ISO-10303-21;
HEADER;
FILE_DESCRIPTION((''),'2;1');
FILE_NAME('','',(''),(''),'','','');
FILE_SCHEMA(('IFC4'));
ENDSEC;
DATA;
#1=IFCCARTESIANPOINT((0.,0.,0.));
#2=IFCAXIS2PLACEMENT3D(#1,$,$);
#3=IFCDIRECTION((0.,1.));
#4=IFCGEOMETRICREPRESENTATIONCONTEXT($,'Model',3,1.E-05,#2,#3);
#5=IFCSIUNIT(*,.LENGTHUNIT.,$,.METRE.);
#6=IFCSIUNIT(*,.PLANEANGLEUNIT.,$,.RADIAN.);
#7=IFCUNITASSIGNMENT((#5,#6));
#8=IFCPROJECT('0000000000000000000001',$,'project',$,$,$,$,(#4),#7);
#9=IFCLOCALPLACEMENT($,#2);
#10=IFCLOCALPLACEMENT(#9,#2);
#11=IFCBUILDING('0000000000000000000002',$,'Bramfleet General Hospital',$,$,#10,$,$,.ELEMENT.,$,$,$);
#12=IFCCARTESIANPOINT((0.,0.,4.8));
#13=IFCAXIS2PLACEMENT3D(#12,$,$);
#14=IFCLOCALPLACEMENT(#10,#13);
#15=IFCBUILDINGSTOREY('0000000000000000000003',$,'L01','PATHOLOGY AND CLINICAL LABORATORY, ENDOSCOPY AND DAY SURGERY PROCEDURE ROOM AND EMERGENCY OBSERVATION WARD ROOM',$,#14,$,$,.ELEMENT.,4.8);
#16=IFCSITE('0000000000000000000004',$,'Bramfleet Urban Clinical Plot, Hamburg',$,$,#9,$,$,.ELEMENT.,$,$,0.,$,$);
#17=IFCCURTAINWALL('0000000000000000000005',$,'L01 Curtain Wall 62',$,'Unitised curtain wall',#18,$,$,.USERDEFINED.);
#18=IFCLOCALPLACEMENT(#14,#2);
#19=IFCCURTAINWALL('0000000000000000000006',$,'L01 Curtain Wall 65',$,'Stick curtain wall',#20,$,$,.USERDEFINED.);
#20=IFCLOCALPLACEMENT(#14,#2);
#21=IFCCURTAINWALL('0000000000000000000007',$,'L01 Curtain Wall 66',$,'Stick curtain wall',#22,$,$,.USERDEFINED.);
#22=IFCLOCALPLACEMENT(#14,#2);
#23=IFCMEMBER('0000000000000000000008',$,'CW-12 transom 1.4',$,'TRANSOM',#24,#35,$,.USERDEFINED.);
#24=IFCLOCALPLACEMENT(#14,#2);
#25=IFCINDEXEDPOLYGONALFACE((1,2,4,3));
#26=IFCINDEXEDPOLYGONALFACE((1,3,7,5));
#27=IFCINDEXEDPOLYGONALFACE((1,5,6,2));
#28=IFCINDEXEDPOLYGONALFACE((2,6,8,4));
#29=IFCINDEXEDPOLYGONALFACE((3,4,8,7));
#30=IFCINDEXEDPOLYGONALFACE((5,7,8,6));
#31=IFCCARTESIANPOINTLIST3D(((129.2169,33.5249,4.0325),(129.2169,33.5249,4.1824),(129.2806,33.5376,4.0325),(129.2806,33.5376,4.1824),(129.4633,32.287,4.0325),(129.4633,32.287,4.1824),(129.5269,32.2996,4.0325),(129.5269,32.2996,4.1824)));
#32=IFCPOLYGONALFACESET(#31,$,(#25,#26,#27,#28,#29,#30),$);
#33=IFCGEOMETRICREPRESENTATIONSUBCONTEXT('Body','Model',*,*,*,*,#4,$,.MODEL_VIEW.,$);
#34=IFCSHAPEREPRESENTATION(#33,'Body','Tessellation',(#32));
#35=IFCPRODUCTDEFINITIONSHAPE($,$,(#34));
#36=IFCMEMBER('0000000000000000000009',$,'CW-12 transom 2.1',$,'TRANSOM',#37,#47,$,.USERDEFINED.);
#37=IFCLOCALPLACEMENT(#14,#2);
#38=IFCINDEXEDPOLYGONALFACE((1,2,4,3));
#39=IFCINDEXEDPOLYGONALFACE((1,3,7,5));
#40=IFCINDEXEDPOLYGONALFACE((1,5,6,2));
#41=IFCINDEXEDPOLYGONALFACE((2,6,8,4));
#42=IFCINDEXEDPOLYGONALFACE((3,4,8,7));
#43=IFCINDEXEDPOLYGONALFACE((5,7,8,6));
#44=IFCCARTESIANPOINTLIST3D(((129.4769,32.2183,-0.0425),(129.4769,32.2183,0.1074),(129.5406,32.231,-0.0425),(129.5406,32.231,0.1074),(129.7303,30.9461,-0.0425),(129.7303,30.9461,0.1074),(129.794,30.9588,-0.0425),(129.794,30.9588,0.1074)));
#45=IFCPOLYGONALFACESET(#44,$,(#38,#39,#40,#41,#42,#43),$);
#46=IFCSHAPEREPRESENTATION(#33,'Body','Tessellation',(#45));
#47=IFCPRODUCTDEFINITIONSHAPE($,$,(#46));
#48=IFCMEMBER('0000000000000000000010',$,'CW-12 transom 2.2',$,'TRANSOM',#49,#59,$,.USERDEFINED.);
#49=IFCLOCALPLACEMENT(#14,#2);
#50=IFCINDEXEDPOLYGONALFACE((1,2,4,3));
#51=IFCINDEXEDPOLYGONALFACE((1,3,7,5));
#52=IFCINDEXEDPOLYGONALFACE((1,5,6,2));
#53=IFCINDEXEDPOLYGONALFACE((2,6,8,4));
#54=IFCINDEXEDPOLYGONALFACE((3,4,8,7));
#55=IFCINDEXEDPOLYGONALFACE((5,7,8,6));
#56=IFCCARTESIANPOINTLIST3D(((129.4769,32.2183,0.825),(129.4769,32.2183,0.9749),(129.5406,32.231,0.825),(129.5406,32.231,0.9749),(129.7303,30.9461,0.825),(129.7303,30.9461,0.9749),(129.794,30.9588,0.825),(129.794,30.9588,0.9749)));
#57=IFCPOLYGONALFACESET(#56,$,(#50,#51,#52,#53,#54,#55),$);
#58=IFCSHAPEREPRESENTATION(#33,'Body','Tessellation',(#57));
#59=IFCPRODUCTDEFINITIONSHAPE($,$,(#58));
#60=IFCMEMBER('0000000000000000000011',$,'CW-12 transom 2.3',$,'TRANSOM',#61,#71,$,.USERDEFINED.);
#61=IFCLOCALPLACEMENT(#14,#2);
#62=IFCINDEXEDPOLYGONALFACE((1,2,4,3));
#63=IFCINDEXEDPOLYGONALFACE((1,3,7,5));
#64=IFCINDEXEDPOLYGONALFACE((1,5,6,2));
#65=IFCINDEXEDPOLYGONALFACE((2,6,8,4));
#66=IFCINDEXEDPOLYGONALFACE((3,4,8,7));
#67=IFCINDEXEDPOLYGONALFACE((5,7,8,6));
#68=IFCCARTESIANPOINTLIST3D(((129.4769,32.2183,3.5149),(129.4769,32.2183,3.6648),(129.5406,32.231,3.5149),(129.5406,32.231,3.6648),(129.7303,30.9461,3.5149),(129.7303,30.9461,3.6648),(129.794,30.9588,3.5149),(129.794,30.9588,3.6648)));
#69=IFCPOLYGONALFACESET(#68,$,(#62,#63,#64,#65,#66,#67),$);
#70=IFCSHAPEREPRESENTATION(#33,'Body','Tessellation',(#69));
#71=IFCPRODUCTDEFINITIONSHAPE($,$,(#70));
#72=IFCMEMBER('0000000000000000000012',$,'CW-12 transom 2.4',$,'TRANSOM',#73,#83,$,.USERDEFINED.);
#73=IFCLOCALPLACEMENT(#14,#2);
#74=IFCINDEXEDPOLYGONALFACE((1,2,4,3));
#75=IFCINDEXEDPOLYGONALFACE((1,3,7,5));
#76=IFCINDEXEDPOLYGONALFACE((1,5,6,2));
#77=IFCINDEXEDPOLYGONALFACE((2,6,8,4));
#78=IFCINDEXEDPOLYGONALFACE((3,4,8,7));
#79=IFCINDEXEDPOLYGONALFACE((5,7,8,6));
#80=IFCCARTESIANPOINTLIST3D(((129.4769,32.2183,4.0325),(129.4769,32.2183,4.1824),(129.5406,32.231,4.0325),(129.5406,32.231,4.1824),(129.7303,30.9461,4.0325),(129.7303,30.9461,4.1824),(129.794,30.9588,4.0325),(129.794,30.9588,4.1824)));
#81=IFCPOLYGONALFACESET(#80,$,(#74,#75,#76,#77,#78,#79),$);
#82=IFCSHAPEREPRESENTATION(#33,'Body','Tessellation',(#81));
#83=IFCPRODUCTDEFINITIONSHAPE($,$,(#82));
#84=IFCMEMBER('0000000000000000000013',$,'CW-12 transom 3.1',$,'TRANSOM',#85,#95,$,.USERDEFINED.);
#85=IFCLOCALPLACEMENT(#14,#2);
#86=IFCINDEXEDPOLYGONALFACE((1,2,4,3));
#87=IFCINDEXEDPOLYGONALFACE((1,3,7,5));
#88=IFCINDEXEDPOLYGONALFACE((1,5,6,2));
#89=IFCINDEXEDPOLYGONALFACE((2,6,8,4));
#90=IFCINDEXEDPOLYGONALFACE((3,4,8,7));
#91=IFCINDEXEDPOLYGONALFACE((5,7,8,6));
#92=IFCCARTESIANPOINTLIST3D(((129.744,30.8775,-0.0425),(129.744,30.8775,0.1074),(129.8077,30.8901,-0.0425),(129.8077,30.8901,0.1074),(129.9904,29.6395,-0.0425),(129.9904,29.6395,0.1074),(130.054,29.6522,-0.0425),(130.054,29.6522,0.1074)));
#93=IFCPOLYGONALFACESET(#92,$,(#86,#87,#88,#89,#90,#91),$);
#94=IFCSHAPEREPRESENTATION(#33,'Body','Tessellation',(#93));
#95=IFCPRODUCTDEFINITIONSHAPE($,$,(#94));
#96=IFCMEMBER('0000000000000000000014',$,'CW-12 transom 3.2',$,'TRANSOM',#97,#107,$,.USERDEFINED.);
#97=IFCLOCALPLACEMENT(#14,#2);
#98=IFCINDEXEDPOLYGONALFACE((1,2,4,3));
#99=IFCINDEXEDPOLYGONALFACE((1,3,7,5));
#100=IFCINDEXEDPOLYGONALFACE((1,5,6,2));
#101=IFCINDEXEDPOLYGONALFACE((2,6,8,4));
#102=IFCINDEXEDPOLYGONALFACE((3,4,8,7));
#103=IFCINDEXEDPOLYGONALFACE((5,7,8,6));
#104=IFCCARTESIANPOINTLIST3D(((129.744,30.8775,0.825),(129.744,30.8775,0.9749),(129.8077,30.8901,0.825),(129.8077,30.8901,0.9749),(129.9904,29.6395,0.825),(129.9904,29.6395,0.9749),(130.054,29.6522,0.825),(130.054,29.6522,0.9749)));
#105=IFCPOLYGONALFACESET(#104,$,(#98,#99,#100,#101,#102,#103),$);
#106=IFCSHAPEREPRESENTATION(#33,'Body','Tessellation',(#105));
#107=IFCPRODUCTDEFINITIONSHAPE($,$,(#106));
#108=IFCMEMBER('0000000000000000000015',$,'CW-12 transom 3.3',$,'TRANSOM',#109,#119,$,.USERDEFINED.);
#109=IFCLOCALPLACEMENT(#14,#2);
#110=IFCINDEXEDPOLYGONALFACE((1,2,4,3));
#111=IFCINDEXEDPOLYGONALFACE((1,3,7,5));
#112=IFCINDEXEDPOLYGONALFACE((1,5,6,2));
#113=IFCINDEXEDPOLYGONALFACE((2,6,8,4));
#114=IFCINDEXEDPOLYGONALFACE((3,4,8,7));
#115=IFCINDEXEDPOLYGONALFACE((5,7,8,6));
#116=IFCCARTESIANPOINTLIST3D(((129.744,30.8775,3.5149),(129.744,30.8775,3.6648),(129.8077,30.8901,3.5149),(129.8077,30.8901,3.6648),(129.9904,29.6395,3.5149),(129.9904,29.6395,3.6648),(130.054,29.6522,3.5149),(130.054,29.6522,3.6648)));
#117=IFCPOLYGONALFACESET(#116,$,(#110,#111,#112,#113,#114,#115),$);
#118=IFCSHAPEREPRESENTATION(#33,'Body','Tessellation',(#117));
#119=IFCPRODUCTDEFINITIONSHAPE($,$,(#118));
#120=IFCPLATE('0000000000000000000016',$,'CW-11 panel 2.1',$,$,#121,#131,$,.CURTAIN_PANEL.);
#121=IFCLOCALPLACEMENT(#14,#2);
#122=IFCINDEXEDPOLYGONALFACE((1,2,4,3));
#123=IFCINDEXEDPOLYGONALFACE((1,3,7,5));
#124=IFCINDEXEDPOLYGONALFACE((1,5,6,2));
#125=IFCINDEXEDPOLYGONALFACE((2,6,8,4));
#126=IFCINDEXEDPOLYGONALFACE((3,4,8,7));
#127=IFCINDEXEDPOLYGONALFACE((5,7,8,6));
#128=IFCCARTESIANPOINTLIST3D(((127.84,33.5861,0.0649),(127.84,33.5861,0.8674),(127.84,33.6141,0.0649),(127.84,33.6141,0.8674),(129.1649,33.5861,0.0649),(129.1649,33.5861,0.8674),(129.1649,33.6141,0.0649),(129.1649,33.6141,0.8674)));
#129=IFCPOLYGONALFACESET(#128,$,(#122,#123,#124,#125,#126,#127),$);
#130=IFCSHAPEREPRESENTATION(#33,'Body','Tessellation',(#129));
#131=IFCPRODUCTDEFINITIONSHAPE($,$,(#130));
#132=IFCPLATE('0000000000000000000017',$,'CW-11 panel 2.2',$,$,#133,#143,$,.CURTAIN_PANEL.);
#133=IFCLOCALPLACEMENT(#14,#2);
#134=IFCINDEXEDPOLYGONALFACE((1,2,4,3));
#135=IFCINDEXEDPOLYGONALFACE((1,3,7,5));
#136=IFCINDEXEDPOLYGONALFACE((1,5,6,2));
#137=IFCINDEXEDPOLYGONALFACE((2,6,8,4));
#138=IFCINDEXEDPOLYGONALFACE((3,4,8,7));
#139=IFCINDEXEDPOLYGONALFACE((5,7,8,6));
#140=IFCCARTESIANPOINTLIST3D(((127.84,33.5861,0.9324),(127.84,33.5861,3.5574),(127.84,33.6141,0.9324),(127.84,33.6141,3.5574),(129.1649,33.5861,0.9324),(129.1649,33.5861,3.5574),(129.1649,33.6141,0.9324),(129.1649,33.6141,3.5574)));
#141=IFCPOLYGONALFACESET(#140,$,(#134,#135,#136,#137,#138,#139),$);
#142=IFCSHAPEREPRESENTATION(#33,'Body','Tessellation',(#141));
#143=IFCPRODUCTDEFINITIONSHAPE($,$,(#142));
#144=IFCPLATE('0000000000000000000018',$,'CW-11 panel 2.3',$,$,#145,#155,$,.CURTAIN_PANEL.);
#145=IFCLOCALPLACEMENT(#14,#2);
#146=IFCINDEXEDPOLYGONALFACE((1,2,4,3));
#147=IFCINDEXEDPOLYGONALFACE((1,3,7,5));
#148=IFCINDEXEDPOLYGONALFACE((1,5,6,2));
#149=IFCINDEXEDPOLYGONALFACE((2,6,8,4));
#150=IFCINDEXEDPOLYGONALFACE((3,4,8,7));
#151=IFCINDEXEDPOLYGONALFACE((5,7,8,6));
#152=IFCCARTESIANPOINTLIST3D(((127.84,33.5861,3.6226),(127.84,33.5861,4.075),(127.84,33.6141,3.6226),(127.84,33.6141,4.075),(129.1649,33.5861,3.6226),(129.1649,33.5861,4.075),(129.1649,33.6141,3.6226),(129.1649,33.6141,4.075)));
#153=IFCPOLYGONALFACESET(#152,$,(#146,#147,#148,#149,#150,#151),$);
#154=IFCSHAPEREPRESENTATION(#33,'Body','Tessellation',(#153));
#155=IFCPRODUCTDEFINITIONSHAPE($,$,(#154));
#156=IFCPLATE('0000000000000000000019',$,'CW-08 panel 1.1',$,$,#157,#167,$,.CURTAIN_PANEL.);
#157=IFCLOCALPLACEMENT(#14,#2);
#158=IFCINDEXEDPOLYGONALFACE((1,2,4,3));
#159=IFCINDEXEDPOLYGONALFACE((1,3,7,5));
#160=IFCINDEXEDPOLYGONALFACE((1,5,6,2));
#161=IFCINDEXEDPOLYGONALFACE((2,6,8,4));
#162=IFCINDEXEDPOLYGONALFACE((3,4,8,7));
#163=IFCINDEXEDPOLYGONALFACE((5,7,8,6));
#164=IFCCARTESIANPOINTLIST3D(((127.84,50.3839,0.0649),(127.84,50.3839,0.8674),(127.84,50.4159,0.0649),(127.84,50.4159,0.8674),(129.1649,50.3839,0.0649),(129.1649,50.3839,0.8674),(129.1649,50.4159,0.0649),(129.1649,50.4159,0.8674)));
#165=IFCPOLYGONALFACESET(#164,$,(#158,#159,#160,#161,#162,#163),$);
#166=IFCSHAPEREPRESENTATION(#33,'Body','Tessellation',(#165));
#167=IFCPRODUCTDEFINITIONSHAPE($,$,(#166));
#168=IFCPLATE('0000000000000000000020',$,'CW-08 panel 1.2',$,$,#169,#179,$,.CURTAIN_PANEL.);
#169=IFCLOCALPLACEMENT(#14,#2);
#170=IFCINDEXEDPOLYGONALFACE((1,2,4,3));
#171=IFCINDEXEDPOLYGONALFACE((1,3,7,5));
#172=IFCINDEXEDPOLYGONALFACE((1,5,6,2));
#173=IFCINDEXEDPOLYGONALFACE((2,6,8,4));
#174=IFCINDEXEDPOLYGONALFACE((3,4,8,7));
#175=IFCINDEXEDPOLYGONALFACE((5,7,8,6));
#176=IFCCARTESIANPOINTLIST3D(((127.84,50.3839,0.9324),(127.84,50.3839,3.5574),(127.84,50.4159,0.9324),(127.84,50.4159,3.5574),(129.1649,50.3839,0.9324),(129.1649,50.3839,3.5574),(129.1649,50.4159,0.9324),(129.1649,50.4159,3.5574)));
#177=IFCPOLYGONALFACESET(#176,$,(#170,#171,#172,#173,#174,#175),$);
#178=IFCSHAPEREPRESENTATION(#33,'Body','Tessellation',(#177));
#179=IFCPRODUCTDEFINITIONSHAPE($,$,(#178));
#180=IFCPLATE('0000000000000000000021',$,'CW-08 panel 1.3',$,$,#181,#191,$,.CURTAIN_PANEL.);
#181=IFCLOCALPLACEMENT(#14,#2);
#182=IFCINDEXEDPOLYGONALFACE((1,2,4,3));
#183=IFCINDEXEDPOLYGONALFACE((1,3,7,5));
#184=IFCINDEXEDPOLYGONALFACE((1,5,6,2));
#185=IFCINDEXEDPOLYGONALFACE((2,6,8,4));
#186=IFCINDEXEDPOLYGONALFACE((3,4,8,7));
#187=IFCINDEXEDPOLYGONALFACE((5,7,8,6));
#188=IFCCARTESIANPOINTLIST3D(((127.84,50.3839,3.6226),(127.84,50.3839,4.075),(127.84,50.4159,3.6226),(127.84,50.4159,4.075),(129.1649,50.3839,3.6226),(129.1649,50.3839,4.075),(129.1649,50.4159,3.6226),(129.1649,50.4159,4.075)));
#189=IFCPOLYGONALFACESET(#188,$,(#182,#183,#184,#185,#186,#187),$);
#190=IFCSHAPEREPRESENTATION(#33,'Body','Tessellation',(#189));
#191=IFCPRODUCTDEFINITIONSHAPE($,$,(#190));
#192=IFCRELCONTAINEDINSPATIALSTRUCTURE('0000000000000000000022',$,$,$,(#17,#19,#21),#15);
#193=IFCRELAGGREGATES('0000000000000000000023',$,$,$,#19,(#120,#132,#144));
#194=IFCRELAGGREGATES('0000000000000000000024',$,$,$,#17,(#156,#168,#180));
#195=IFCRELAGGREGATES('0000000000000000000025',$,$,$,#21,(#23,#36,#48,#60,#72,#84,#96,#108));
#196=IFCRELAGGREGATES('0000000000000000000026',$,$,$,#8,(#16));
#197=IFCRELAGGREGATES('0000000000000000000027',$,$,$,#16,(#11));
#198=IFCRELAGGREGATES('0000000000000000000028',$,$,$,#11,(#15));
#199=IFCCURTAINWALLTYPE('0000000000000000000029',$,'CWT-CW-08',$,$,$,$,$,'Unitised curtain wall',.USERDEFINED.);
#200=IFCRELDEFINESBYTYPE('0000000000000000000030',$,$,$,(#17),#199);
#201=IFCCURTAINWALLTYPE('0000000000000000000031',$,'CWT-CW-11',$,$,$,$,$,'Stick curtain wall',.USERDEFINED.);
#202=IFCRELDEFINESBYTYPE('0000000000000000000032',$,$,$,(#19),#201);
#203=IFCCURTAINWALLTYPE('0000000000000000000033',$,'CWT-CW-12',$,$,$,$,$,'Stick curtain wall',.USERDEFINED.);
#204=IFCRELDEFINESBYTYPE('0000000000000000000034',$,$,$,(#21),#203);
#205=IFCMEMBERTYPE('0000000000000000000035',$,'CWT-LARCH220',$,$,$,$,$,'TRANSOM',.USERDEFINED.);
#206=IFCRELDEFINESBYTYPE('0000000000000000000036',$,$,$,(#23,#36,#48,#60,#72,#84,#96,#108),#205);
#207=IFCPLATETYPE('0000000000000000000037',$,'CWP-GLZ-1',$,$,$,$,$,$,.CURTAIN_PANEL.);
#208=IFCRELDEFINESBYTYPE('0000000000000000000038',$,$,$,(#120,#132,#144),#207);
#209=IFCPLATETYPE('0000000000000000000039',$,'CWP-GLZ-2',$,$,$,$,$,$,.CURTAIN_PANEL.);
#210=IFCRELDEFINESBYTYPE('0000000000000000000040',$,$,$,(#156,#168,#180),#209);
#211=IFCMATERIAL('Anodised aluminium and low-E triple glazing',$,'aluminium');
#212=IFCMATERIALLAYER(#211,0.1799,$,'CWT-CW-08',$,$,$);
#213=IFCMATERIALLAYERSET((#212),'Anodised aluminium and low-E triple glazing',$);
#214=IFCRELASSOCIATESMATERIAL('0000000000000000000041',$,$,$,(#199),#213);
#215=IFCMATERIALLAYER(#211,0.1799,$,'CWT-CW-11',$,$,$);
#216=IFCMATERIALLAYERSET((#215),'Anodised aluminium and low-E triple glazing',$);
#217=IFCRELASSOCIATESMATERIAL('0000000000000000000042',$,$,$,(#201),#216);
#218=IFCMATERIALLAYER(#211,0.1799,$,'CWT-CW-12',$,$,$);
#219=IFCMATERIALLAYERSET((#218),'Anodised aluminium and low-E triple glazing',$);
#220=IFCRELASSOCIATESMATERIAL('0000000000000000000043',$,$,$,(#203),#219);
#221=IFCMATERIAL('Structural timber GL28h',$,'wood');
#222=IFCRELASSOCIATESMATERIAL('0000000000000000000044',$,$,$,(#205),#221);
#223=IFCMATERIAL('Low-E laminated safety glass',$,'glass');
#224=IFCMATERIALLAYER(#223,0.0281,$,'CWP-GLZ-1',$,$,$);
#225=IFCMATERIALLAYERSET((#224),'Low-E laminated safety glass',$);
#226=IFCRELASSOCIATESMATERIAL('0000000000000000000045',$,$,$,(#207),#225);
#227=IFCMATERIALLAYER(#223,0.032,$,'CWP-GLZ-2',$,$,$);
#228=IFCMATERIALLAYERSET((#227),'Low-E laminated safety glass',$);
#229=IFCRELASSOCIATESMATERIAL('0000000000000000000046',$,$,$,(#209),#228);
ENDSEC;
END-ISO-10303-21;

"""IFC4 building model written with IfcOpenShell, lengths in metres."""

from ifc_helpers import new_model, si_unit, direction, frame, origin, origin_2d, place, context, subcontext, project, spatial, rectangle, extrude, material, layer, layer_set, material_profile, profile_set, type_object, element, aggregate, save


model = new_model("IFC4")

# Units and contexts
model_context = context("Model", 3, precision=1e-05, world=origin(), true_north=direction((0.0, 1.0)))
body_context = subcontext(model_context, "Body", "Model", "MODEL_VIEW")
ifc_project = project(units=[si_unit("LENGTHUNIT", "METRE"), si_unit("PLANEANGLEUNIT", "RADIAN")], contexts=[model_context])

# Site, building, storey
site_placement = place(None, origin())
site = spatial("IfcSite", under=ifc_project, at=site_placement, Name="Bramfleet Urban Clinical Plot, Hamburg", CompositionType="ELEMENT", RefElevation=0.0)
building_placement = place(site_placement, origin())
building = spatial("IfcBuilding", under=site, at=building_placement, Name="Bramfleet General Hospital", CompositionType="ELEMENT")
storey_placement = place(building_placement, frame((0.0, 0.0, 4.8)))
storey = spatial("IfcBuildingStorey", under=building, at=storey_placement, Name="L01", Description="PATHOLOGY AND CLINICAL LABORATORY, ENDOSCOPY AND DAY SURGERY PROCEDURE ROOM AND EMERGENCY OBSERVATION WARD ROOM", CompositionType="ELEMENT", Elevation=4.8)

# Curtain walls
ifc_material_1 = material(Name="Anodised aluminium and low-E triple glazing", Category="aluminium")
ifc_layer_1 = layer(ifc_material_1, 0.1799, Name="CWT-CW-08")
ifc_layer_set_1 = layer_set([ifc_layer_1], Name="Anodised aluminium and low-E triple glazing")
curtain_wall_type_1 = type_object("IfcCurtainWallType", Name="CWT-CW-08", ElementType="Unitised curtain wall", PredefinedType="USERDEFINED", material=ifc_layer_set_1)
curtain_wall_1_placement = place(storey_placement, origin())
curtain_wall_1 = element("IfcCurtainWall", 1, at=curtain_wall_1_placement, inside=storey, type_object=curtain_wall_type_1, Name="L01 Curtain Wall 62", ObjectType="Unitised curtain wall", PredefinedType="USERDEFINED")
ifc_material_2 = material(Name="Structural timber GL28h", Category="wood")
ifc_layer_2 = layer(ifc_material_1, 0.1799, Name="CWT-CW-11")
ifc_layer_set_2 = layer_set([ifc_layer_2], Name="Anodised aluminium and low-E triple glazing")
curtain_wall_type_2 = type_object("IfcCurtainWallType", Name="CWT-CW-11", ElementType="Stick curtain wall", PredefinedType="USERDEFINED", material=ifc_layer_set_2)
curtain_wall_2_placement = place(storey_placement, origin())
curtain_wall_2 = element("IfcCurtainWall", 2, at=curtain_wall_2_placement, inside=storey, type_object=curtain_wall_type_2, Name="L01 Curtain Wall 65", ObjectType="Stick curtain wall", PredefinedType="USERDEFINED")

# Curtain wall
ifc_layer_3 = layer(ifc_material_1, 0.1799, Name="CWT-CW-12")
ifc_layer_set_3 = layer_set([ifc_layer_3], Name="Anodised aluminium and low-E triple glazing")
curtain_wall_type_3 = type_object("IfcCurtainWallType", Name="CWT-CW-12", ElementType="Stick curtain wall", PredefinedType="USERDEFINED", material=ifc_layer_set_3)
curtain_wall_3_placement = place(storey_placement, origin())
curtain_wall_3 = element("IfcCurtainWall", 3, at=curtain_wall_3_placement, inside=storey, type_object=curtain_wall_type_3, Name="L01 Curtain Wall 66", ObjectType="Stick curtain wall", PredefinedType="USERDEFINED")

# Members
ifc_material_profile_1 = material_profile(ifc_material_2, rectangle(XDim=0.0649, YDim=0.1499, at=origin_2d()), Name="LARCH 150x65")
ifc_profile_set_1 = profile_set([ifc_material_profile_1], Name="Structural timber GL28h")
member_type_1 = type_object("IfcMemberType", Name="CWT-LARCH220", ElementType="TRANSOM", PredefinedType="USERDEFINED", material=ifc_profile_set_1)
member_1_placement = place(storey_placement, frame((129.2488, 33.5312, 4.1074), z_axis=(0.195149, -0.980774, 0.0), x_axis=(0.980774, 0.195149, 0.0)))
member_1 = element("IfcMember", 4, at=member_1_placement, type_object=member_type_1, Name="CW-12 transom 1.4", ObjectType="TRANSOM", PredefinedType="USERDEFINED", context=body_context, shape_type="SweptSolid", body=[
    extrude(rectangle(XDim=0.0649, YDim=0.1499, at=origin_2d()), origin(), (0.0, 0.0, 1.0), 1.2622),
])
member_2_placement = place(storey_placement, frame((129.5088, 32.2246, 0.0325), z_axis=(0.195356, -0.980732, 0.0), x_axis=(0.980732, 0.195356, 0.0)))
member_2 = element("IfcMember", 5, at=member_2_placement, type_object=member_type_1, Name="CW-12 transom 2.1", ObjectType="TRANSOM", PredefinedType="USERDEFINED", context=body_context, shape_type="SweptSolid", body=[
    extrude(rectangle(XDim=0.0649, YDim=0.1499, at=origin_2d()), origin(), (0.0, 0.0, 1.0), 1.2971),
])
member_3_placement = place(storey_placement, frame((129.5088, 32.2246, 0.8999), z_axis=(0.195356, -0.980732, 0.0), x_axis=(0.980732, 0.195356, 0.0)))
member_3 = element("IfcMember", 6, at=member_3_placement, type_object=member_type_1, Name="CW-12 transom 2.2", ObjectType="TRANSOM", PredefinedType="USERDEFINED", context=body_context, shape_type="SweptSolid", body=[
    extrude(rectangle(XDim=0.0649, YDim=0.1499, at=origin_2d()), origin(), (0.0, 0.0, 1.0), 1.2971),
])
member_4_placement = place(storey_placement, frame((129.5088, 32.2246, 3.5898), z_axis=(0.195356, -0.980732, 0.0), x_axis=(0.980732, 0.195356, 0.0)))
member_4 = element("IfcMember", 7, at=member_4_placement, type_object=member_type_1, Name="CW-12 transom 2.3", ObjectType="TRANSOM", PredefinedType="USERDEFINED", context=body_context, shape_type="SweptSolid", body=[
    extrude(rectangle(XDim=0.0649, YDim=0.1499, at=origin_2d()), origin(), (0.0, 0.0, 1.0), 1.2971),
])
member_5_placement = place(storey_placement, frame((129.5088, 32.2246, 4.1074), z_axis=(0.195356, -0.980732, 0.0), x_axis=(0.980732, 0.195356, 0.0)))
member_5 = element("IfcMember", 8, at=member_5_placement, type_object=member_type_1, Name="CW-12 transom 2.4", ObjectType="TRANSOM", PredefinedType="USERDEFINED", context=body_context, shape_type="SweptSolid", body=[
    extrude(rectangle(XDim=0.0649, YDim=0.1499, at=origin_2d()), origin(), (0.0, 0.0, 1.0), 1.2971),
])
member_6_placement = place(storey_placement, frame((129.7759, 30.8838, 0.0325), z_axis=(0.195149, -0.980774, 0.0), x_axis=(0.980774, 0.195149, 0.0)))
member_6 = element("IfcMember", 9, at=member_6_placement, type_object=member_type_1, Name="CW-12 transom 3.1", ObjectType="TRANSOM", PredefinedType="USERDEFINED", context=body_context, shape_type="SweptSolid", body=[
    extrude(rectangle(XDim=0.0649, YDim=0.1499, at=origin_2d()), origin(), (0.0, 0.0, 1.0), 1.2622),
])
member_7_placement = place(storey_placement, frame((129.7759, 30.8838, 0.8999), z_axis=(0.195149, -0.980774, 0.0), x_axis=(0.980774, 0.195149, 0.0)))
member_7 = element("IfcMember", 10, at=member_7_placement, type_object=member_type_1, Name="CW-12 transom 3.2", ObjectType="TRANSOM", PredefinedType="USERDEFINED", context=body_context, shape_type="SweptSolid", body=[
    extrude(rectangle(XDim=0.0649, YDim=0.1499, at=origin_2d()), origin(), (0.0, 0.0, 1.0), 1.2622),
])
member_8_placement = place(storey_placement, frame((129.7759, 30.8838, 3.5898), z_axis=(0.195149, -0.980774, 0.0), x_axis=(0.980774, 0.195149, 0.0)))
member_8 = element("IfcMember", 11, at=member_8_placement, type_object=member_type_1, Name="CW-12 transom 3.3", ObjectType="TRANSOM", PredefinedType="USERDEFINED", context=body_context, shape_type="SweptSolid", body=[
    extrude(rectangle(XDim=0.0649, YDim=0.1499, at=origin_2d()), origin(), (0.0, 0.0, 1.0), 1.2622),
])

# Plates
ifc_material_3 = material(Name="Low-E laminated safety glass", Category="glass")
ifc_layer_4 = layer(ifc_material_3, 0.0281, Name="CWP-GLZ-1")
ifc_layer_set_4 = layer_set([ifc_layer_4], Name="Low-E laminated safety glass")
plate_type_1 = type_object("IfcPlateType", Name="CWP-GLZ-1", PredefinedType="CURTAIN_PANEL", material=ifc_layer_set_4)
plate_1_placement = place(storey_placement, frame((128.5024, 33.6001, 0.0649), z_axis=(0.0, 0.0, 1.0), x_axis=(1.0, 0.0, 0.0)))
plate_1 = element("IfcPlate", 12, at=plate_1_placement, type_object=plate_type_1, Name="CW-11 panel 2.1", PredefinedType="CURTAIN_PANEL", context=body_context, shape_type="SweptSolid", body=[
    extrude(rectangle(XDim=1.325, YDim=0.0281, at=origin_2d()), origin(), (0.0, 0.0, 1.0), 0.8025),
])
plate_2_placement = place(storey_placement, frame((128.5024, 33.6001, 0.9324), z_axis=(0.0, 0.0, 1.0), x_axis=(1.0, 0.0, 0.0)))
plate_2 = element("IfcPlate", 13, at=plate_2_placement, type_object=plate_type_1, Name="CW-11 panel 2.2", PredefinedType="CURTAIN_PANEL", context=body_context, shape_type="SweptSolid", body=[
    extrude(rectangle(XDim=1.325, YDim=0.0281, at=origin_2d()), origin(), (0.0, 0.0, 1.0), 2.625),
])
plate_3_placement = place(storey_placement, frame((128.5024, 33.6001, 3.6226), z_axis=(0.0, 0.0, 1.0), x_axis=(1.0, 0.0, 0.0)))
plate_3 = element("IfcPlate", 14, at=plate_3_placement, type_object=plate_type_1, Name="CW-11 panel 2.3", PredefinedType="CURTAIN_PANEL", context=body_context, shape_type="SweptSolid", body=[
    extrude(rectangle(XDim=1.325, YDim=0.0281, at=origin_2d()), origin(), (0.0, 0.0, 1.0), 0.4524),
])
aggregate(curtain_wall_2, [plate_1, plate_2, plate_3])
ifc_layer_5 = layer(ifc_material_3, 0.032, Name="CWP-GLZ-2")
ifc_layer_set_5 = layer_set([ifc_layer_5], Name="Low-E laminated safety glass")
plate_type_2 = type_object("IfcPlateType", Name="CWP-GLZ-2", PredefinedType="CURTAIN_PANEL", material=ifc_layer_set_5)
plate_4_placement = place(storey_placement, frame((128.5024, 50.3999, 0.0649), z_axis=(0.0, 0.0, 1.0), x_axis=(-1.0, 0.0, 0.0)))
plate_4 = element("IfcPlate", 15, at=plate_4_placement, type_object=plate_type_2, Name="CW-08 panel 1.1", PredefinedType="CURTAIN_PANEL", context=body_context, shape_type="SweptSolid", body=[
    extrude(rectangle(XDim=1.325, YDim=0.032, at=origin_2d()), origin(), (0.0, 0.0, 1.0), 0.8025),
])
plate_5_placement = place(storey_placement, frame((128.5024, 50.3999, 0.9324), z_axis=(0.0, 0.0, 1.0), x_axis=(-1.0, 0.0, 0.0)))
plate_5 = element("IfcPlate", 16, at=plate_5_placement, type_object=plate_type_2, Name="CW-08 panel 1.2", PredefinedType="CURTAIN_PANEL", context=body_context, shape_type="SweptSolid", body=[
    extrude(rectangle(XDim=1.325, YDim=0.032, at=origin_2d()), origin(), (0.0, 0.0, 1.0), 2.625),
])
plate_6_placement = place(storey_placement, frame((128.5024, 50.3999, 3.6226), z_axis=(0.0, 0.0, 1.0), x_axis=(-1.0, 0.0, 0.0)))
plate_6 = element("IfcPlate", 17, at=plate_6_placement, type_object=plate_type_2, Name="CW-08 panel 1.3", PredefinedType="CURTAIN_PANEL", context=body_context, shape_type="SweptSolid", body=[
    extrude(rectangle(XDim=1.325, YDim=0.032, at=origin_2d()), origin(), (0.0, 0.0, 1.0), 0.4524),
])
aggregate(curtain_wall_1, [plate_4, plate_5, plate_6])
aggregate(curtain_wall_3, [member_1, member_2, member_3, member_4, member_5, member_6, member_7, member_8])

save(model, "model.ifc")
